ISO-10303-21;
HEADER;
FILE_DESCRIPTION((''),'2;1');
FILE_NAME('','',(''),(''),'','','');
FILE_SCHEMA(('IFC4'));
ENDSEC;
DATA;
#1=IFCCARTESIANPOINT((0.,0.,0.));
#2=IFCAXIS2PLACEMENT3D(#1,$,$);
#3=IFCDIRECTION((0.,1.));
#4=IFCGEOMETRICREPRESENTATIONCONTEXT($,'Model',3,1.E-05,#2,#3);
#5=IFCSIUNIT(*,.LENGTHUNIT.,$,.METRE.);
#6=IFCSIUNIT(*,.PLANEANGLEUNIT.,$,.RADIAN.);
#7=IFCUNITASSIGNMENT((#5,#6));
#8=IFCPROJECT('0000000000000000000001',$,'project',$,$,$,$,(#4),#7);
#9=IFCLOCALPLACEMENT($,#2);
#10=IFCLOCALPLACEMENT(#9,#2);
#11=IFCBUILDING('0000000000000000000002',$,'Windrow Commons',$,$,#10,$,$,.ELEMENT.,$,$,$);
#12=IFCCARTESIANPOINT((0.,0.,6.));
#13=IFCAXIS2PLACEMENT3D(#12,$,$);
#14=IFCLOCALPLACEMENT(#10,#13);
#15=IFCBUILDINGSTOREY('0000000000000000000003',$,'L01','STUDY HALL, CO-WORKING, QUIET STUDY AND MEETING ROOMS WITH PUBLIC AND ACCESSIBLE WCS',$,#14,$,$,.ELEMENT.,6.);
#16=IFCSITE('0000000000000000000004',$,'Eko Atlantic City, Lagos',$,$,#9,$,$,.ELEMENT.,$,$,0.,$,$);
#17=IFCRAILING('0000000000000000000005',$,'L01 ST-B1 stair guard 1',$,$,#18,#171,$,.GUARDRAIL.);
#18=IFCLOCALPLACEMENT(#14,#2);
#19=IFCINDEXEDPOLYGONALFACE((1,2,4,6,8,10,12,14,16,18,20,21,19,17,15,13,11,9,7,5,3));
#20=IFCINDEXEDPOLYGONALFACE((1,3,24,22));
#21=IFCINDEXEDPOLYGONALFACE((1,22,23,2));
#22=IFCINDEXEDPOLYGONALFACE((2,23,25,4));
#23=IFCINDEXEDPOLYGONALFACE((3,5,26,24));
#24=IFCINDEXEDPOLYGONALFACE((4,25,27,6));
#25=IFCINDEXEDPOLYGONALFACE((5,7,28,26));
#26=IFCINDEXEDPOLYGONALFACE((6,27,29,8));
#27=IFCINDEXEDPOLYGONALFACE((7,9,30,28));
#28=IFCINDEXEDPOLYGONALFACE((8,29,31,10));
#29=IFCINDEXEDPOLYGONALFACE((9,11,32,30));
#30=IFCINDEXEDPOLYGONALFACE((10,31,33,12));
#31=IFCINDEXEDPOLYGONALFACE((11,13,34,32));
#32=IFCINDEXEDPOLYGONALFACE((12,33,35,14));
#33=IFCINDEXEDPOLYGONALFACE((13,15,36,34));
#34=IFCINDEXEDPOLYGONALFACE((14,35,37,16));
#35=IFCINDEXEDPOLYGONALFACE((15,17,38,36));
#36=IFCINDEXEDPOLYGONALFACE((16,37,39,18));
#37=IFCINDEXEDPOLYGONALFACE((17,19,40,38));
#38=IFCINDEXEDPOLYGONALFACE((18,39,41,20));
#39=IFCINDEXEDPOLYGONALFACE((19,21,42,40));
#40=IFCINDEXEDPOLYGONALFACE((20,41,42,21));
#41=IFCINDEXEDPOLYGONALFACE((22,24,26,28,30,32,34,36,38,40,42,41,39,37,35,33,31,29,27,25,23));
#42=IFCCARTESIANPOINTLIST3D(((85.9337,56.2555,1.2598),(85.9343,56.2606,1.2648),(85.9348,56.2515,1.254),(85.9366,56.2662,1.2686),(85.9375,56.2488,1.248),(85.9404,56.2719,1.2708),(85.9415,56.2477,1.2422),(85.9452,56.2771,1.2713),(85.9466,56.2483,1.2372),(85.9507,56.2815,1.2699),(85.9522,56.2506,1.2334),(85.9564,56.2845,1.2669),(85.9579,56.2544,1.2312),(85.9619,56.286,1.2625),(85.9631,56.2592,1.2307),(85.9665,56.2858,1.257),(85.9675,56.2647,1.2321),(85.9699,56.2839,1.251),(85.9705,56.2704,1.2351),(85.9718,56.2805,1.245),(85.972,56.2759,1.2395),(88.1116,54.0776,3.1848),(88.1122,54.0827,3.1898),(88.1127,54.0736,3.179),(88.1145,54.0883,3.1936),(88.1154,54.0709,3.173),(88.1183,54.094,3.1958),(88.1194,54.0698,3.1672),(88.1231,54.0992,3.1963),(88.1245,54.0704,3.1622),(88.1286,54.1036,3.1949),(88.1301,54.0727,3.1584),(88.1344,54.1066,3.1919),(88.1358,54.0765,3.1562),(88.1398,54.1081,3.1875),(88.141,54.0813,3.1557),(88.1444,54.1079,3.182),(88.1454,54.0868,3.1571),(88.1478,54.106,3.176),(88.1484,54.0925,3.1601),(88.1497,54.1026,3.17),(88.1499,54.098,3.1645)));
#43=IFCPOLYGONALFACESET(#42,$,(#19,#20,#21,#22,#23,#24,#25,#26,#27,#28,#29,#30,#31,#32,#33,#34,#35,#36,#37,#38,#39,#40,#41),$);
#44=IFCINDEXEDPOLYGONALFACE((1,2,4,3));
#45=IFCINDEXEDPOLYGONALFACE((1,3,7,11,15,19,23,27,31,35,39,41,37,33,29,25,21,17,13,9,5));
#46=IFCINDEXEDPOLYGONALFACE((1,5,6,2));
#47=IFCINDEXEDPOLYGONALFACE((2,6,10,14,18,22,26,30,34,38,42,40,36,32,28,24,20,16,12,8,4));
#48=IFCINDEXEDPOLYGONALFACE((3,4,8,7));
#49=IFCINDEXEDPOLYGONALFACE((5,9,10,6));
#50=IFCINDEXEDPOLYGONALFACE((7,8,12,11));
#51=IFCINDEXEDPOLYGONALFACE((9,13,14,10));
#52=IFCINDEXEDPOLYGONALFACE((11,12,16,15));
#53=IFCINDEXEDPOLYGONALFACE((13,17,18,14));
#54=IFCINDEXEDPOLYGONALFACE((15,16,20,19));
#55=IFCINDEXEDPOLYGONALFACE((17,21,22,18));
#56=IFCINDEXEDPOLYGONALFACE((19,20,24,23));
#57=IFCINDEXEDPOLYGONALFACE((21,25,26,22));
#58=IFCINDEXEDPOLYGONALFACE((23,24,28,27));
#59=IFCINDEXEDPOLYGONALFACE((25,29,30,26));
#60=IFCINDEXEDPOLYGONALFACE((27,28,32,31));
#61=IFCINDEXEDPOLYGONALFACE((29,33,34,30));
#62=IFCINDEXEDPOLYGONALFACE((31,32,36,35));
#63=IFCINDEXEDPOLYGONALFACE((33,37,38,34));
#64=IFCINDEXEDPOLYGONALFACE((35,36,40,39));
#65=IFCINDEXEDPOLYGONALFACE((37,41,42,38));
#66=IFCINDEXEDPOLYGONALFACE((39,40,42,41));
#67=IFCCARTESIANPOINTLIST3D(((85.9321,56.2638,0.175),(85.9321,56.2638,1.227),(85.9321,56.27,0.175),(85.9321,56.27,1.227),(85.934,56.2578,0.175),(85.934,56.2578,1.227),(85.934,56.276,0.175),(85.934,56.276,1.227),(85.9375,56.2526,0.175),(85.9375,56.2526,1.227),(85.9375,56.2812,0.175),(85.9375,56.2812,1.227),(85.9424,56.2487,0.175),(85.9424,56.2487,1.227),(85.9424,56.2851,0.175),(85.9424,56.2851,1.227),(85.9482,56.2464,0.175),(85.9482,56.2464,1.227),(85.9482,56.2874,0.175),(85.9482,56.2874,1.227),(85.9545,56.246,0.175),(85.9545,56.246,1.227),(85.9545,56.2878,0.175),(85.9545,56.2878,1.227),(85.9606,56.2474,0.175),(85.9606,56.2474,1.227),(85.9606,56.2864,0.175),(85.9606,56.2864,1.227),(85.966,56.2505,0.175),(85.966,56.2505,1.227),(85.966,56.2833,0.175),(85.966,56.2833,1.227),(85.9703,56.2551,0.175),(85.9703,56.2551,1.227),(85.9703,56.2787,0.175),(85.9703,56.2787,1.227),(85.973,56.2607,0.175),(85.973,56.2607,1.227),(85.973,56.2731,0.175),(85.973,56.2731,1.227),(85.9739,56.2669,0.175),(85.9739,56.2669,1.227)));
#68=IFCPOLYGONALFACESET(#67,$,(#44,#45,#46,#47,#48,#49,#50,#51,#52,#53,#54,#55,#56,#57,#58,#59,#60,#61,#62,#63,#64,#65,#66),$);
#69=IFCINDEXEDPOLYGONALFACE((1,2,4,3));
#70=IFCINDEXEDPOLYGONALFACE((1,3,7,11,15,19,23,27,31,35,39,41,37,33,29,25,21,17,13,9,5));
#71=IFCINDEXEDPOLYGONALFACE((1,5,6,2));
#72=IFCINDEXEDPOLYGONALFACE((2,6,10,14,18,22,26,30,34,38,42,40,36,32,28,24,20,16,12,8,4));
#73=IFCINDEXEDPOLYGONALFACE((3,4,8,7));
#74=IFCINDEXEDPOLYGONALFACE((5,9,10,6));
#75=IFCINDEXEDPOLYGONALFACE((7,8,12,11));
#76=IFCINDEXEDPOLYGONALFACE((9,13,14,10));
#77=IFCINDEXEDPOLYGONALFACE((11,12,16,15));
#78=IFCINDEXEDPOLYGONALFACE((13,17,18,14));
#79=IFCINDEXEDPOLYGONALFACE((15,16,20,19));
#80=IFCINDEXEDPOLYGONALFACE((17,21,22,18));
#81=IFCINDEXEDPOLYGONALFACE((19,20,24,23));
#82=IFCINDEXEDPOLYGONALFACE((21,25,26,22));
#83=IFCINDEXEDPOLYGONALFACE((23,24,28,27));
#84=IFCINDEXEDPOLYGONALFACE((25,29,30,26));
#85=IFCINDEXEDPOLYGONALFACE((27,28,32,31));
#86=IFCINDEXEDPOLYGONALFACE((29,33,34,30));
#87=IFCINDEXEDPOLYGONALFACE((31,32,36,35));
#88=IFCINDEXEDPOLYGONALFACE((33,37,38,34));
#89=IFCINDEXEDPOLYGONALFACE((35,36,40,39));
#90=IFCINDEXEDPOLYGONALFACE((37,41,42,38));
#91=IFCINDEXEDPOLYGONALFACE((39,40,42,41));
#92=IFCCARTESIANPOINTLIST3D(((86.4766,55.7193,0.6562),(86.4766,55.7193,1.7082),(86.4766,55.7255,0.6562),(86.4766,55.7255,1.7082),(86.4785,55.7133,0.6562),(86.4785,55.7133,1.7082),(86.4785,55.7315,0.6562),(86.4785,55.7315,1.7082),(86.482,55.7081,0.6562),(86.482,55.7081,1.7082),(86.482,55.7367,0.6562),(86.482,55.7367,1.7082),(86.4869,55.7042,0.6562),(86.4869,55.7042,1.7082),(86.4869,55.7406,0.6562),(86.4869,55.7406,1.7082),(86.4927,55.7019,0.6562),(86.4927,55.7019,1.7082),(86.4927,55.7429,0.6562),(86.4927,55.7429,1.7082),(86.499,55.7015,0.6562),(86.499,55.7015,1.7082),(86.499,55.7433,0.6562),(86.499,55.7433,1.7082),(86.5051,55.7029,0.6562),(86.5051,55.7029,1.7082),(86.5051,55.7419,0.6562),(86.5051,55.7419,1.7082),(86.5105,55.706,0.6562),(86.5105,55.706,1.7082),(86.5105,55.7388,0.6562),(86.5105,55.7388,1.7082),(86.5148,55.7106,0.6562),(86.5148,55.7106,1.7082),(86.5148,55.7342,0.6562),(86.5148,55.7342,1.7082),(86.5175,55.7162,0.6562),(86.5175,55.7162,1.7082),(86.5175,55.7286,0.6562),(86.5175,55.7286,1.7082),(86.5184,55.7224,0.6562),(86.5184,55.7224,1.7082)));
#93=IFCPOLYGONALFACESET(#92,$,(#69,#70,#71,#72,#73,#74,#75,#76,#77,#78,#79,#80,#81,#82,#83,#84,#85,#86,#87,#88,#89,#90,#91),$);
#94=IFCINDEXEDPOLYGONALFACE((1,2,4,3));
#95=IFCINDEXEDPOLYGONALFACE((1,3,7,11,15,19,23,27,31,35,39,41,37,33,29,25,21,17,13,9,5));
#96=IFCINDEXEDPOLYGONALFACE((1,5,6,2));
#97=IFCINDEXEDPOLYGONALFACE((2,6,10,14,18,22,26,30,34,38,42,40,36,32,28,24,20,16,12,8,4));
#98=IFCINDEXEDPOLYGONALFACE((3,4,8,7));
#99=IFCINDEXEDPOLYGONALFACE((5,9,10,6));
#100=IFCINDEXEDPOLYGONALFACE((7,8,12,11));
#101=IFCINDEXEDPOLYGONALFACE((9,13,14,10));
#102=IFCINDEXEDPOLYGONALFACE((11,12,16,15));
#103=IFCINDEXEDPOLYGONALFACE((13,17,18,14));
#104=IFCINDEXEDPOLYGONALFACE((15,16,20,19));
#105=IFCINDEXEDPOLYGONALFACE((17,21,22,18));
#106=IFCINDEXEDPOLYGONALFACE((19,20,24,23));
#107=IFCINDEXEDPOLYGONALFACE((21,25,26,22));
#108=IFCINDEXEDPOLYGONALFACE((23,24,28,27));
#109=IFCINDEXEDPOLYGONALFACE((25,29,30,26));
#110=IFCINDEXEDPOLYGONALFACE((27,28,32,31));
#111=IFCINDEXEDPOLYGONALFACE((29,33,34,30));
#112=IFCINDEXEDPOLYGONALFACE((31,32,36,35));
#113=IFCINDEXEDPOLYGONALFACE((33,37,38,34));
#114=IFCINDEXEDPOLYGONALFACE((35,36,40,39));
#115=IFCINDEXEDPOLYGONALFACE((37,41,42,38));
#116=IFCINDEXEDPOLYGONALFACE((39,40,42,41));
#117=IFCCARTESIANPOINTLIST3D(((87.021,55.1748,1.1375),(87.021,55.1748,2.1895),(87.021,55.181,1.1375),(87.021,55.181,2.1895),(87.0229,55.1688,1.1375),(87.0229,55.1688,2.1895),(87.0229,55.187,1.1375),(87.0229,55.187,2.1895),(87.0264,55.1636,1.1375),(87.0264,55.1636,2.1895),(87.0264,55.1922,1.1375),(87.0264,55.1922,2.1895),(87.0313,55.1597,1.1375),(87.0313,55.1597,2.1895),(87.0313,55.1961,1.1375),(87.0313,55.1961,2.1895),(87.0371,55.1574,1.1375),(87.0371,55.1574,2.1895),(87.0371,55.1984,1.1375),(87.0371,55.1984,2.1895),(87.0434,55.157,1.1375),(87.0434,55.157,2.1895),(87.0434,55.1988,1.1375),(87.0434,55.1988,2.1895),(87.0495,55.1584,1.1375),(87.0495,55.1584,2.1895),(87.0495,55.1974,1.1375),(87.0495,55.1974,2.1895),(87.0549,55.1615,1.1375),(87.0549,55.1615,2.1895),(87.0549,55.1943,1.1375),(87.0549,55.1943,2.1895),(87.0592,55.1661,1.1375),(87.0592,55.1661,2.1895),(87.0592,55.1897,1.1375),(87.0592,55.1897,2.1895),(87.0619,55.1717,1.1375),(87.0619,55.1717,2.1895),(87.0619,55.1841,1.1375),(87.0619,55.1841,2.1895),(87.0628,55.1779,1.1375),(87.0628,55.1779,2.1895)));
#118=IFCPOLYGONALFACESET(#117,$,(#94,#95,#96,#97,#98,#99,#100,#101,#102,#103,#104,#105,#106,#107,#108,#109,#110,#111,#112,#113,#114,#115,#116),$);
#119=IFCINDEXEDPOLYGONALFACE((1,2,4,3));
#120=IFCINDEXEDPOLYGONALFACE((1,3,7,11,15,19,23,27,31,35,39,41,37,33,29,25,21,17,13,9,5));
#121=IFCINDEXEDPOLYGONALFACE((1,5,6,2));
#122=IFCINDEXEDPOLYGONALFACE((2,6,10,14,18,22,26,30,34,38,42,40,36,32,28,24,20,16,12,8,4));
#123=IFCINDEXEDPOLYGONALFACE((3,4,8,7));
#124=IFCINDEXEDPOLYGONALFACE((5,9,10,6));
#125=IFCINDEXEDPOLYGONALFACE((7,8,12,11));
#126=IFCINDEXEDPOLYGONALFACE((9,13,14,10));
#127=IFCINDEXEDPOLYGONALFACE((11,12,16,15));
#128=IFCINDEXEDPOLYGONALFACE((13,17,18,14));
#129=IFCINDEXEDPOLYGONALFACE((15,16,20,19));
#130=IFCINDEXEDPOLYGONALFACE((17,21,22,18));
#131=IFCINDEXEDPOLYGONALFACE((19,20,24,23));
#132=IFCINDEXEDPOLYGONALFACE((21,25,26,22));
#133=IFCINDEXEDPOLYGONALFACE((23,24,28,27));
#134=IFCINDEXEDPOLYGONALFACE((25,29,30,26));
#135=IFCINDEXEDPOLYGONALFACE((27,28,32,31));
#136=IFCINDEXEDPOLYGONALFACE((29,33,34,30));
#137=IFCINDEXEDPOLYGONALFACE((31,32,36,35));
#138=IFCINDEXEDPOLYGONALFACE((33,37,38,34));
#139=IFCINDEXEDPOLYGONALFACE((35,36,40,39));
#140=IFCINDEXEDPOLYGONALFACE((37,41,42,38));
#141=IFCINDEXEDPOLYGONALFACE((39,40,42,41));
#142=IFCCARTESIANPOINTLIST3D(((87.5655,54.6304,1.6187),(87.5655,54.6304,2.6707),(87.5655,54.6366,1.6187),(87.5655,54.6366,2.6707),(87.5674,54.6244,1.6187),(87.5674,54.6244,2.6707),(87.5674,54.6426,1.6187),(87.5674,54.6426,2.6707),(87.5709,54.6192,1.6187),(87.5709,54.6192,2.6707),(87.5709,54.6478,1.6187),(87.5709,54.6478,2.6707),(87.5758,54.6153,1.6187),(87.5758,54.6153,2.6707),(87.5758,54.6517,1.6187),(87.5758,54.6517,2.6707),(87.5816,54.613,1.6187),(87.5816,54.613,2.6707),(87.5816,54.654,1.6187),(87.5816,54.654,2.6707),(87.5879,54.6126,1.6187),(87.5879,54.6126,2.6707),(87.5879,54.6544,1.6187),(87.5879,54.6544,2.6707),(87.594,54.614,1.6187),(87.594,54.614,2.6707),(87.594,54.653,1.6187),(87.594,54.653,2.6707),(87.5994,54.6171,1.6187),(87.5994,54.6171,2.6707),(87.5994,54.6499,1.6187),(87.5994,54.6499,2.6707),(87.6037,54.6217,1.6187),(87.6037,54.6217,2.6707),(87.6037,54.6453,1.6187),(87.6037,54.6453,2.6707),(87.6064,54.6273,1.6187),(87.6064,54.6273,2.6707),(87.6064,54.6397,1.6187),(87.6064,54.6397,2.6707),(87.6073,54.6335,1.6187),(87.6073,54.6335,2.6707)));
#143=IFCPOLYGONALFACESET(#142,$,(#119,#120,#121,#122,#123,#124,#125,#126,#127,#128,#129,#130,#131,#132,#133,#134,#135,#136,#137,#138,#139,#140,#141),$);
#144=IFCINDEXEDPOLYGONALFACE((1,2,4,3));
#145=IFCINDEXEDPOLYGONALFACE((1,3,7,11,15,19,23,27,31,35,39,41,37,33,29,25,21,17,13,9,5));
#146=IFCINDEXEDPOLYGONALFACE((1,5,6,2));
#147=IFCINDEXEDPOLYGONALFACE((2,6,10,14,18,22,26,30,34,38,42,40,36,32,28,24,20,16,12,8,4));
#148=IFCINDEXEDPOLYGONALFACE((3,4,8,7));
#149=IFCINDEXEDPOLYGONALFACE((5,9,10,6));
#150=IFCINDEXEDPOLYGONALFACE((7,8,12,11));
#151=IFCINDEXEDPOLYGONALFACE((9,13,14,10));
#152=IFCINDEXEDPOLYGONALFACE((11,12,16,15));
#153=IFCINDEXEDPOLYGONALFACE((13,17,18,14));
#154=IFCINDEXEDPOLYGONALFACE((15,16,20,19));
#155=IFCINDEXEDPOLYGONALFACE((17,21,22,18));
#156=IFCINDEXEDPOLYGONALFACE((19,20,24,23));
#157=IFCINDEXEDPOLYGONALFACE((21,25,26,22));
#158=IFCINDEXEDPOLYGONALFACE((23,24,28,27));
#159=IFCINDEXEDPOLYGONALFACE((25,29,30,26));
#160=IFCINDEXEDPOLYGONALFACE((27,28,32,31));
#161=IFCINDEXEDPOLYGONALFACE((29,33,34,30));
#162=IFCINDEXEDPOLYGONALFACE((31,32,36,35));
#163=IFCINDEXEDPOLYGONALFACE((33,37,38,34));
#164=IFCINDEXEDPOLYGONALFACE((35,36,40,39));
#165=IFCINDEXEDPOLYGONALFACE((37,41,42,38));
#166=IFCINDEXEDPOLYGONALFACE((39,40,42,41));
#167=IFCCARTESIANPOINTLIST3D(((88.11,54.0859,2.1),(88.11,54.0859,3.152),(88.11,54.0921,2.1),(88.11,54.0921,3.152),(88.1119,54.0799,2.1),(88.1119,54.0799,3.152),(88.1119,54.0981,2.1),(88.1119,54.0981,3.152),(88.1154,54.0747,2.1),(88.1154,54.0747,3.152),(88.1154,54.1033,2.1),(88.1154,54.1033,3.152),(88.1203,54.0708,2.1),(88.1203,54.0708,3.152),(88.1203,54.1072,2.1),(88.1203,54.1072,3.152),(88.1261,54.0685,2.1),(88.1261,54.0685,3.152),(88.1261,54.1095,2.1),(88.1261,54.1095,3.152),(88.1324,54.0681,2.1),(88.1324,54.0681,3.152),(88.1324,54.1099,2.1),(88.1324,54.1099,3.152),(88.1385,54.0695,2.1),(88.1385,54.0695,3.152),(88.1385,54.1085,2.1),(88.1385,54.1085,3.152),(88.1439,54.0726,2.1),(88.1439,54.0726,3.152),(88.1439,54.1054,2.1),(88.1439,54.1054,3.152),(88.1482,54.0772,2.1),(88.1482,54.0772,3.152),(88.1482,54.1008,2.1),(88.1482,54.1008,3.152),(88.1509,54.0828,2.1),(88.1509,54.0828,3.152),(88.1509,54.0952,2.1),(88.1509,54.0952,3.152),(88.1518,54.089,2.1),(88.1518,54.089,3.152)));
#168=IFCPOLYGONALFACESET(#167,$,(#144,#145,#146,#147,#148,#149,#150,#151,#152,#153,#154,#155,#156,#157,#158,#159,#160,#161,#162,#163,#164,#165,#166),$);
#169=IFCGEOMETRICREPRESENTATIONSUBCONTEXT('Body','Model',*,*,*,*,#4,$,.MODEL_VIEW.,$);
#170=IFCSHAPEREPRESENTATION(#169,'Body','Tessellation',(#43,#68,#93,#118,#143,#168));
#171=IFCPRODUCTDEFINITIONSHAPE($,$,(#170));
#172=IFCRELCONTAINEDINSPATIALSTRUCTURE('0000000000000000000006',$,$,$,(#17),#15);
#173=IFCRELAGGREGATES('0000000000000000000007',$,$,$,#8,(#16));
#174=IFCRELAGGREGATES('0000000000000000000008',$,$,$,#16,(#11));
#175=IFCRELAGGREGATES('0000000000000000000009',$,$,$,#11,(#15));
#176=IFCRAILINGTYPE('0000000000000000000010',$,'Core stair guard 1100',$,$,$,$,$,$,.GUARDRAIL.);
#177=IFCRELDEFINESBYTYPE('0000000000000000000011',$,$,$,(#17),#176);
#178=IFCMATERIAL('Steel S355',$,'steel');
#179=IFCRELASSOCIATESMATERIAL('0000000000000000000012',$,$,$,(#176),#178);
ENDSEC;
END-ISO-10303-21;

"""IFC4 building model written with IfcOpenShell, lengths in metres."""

from ifc_helpers import new_model, si_unit, direction, frame, origin, origin_2d, place, context, subcontext, project, spatial, circle, extrude, material, type_object, element, save


model = new_model("IFC4")

# Units and contexts
model_context = context("Model", 3, precision=1e-05, world=origin(), true_north=direction((0.0, 1.0)))
body_context = subcontext(model_context, "Body", "Model", "MODEL_VIEW")
ifc_project = project(units=[si_unit("LENGTHUNIT", "METRE"), si_unit("PLANEANGLEUNIT", "RADIAN")], contexts=[model_context])

# Site, building, storey
site_placement = place(None, origin())
site = spatial("IfcSite", under=ifc_project, at=site_placement, Name="Eko Atlantic City, Lagos", CompositionType="ELEMENT", RefElevation=0.0)
building_placement = place(site_placement, origin())
building = spatial("IfcBuilding", under=site, at=building_placement, Name="Windrow Commons", CompositionType="ELEMENT")
storey_placement = place(building_placement, frame((0.0, 0.0, 6.0)))
storey = spatial("IfcBuildingStorey", under=building, at=storey_placement, Name="L01", Description="STUDY HALL, CO-WORKING, QUIET STUDY AND MEETING ROOMS WITH PUBLIC AND ACCESSIBLE WCS", CompositionType="ELEMENT", Elevation=6.0)

# Railing
ifc_material_1 = material(Name="Steel S355", Category="steel")
railing_type_1 = type_object("IfcRailingType", Name="Core stair guard 1100", PredefinedType="GUARDRAIL", material=ifc_material_1)
railing_1_placement = place(storey_placement, frame((85.9529, 56.2669, 0.175)))
element("IfcRailing", 1, at=railing_1_placement, inside=storey, type_object=railing_type_1, Name="L01 ST-B1 stair guard 1", PredefinedType="GUARDRAIL", context=body_context, shape_type="SweptSolid", body=[
    extrude(circle(Radius=0.024, at=origin_2d()), frame((0.0, 0.0, 1.076), z_axis=(0.599626, -0.599626, 0.529997), x_axis=(0.707107, 0.707107, 0.0)), (0.0, 0.0, 1.0), 3.6321),
    extrude(circle(Radius=0.021, at=origin_2d()), origin(), (0.0, 0.0, 1.0), 1.052),
    extrude(circle(Radius=0.021, at=origin_2d()), frame((0.5445, -0.5445, 0.4812)), (0.0, 0.0, 1.0), 1.052),
    extrude(circle(Radius=0.021, at=origin_2d()), frame((1.0889, -1.089, 0.9625)), (0.0, 0.0, 1.0), 1.052),
    extrude(circle(Radius=0.021, at=origin_2d()), frame((1.6334, -1.6334, 1.4437)), (0.0, 0.0, 1.0), 1.052),
    extrude(circle(Radius=0.021, at=origin_2d()), frame((2.1779, -2.1779, 1.925)), (0.0, 0.0, 1.0), 1.052),
])

save(model, "model.ifc")
